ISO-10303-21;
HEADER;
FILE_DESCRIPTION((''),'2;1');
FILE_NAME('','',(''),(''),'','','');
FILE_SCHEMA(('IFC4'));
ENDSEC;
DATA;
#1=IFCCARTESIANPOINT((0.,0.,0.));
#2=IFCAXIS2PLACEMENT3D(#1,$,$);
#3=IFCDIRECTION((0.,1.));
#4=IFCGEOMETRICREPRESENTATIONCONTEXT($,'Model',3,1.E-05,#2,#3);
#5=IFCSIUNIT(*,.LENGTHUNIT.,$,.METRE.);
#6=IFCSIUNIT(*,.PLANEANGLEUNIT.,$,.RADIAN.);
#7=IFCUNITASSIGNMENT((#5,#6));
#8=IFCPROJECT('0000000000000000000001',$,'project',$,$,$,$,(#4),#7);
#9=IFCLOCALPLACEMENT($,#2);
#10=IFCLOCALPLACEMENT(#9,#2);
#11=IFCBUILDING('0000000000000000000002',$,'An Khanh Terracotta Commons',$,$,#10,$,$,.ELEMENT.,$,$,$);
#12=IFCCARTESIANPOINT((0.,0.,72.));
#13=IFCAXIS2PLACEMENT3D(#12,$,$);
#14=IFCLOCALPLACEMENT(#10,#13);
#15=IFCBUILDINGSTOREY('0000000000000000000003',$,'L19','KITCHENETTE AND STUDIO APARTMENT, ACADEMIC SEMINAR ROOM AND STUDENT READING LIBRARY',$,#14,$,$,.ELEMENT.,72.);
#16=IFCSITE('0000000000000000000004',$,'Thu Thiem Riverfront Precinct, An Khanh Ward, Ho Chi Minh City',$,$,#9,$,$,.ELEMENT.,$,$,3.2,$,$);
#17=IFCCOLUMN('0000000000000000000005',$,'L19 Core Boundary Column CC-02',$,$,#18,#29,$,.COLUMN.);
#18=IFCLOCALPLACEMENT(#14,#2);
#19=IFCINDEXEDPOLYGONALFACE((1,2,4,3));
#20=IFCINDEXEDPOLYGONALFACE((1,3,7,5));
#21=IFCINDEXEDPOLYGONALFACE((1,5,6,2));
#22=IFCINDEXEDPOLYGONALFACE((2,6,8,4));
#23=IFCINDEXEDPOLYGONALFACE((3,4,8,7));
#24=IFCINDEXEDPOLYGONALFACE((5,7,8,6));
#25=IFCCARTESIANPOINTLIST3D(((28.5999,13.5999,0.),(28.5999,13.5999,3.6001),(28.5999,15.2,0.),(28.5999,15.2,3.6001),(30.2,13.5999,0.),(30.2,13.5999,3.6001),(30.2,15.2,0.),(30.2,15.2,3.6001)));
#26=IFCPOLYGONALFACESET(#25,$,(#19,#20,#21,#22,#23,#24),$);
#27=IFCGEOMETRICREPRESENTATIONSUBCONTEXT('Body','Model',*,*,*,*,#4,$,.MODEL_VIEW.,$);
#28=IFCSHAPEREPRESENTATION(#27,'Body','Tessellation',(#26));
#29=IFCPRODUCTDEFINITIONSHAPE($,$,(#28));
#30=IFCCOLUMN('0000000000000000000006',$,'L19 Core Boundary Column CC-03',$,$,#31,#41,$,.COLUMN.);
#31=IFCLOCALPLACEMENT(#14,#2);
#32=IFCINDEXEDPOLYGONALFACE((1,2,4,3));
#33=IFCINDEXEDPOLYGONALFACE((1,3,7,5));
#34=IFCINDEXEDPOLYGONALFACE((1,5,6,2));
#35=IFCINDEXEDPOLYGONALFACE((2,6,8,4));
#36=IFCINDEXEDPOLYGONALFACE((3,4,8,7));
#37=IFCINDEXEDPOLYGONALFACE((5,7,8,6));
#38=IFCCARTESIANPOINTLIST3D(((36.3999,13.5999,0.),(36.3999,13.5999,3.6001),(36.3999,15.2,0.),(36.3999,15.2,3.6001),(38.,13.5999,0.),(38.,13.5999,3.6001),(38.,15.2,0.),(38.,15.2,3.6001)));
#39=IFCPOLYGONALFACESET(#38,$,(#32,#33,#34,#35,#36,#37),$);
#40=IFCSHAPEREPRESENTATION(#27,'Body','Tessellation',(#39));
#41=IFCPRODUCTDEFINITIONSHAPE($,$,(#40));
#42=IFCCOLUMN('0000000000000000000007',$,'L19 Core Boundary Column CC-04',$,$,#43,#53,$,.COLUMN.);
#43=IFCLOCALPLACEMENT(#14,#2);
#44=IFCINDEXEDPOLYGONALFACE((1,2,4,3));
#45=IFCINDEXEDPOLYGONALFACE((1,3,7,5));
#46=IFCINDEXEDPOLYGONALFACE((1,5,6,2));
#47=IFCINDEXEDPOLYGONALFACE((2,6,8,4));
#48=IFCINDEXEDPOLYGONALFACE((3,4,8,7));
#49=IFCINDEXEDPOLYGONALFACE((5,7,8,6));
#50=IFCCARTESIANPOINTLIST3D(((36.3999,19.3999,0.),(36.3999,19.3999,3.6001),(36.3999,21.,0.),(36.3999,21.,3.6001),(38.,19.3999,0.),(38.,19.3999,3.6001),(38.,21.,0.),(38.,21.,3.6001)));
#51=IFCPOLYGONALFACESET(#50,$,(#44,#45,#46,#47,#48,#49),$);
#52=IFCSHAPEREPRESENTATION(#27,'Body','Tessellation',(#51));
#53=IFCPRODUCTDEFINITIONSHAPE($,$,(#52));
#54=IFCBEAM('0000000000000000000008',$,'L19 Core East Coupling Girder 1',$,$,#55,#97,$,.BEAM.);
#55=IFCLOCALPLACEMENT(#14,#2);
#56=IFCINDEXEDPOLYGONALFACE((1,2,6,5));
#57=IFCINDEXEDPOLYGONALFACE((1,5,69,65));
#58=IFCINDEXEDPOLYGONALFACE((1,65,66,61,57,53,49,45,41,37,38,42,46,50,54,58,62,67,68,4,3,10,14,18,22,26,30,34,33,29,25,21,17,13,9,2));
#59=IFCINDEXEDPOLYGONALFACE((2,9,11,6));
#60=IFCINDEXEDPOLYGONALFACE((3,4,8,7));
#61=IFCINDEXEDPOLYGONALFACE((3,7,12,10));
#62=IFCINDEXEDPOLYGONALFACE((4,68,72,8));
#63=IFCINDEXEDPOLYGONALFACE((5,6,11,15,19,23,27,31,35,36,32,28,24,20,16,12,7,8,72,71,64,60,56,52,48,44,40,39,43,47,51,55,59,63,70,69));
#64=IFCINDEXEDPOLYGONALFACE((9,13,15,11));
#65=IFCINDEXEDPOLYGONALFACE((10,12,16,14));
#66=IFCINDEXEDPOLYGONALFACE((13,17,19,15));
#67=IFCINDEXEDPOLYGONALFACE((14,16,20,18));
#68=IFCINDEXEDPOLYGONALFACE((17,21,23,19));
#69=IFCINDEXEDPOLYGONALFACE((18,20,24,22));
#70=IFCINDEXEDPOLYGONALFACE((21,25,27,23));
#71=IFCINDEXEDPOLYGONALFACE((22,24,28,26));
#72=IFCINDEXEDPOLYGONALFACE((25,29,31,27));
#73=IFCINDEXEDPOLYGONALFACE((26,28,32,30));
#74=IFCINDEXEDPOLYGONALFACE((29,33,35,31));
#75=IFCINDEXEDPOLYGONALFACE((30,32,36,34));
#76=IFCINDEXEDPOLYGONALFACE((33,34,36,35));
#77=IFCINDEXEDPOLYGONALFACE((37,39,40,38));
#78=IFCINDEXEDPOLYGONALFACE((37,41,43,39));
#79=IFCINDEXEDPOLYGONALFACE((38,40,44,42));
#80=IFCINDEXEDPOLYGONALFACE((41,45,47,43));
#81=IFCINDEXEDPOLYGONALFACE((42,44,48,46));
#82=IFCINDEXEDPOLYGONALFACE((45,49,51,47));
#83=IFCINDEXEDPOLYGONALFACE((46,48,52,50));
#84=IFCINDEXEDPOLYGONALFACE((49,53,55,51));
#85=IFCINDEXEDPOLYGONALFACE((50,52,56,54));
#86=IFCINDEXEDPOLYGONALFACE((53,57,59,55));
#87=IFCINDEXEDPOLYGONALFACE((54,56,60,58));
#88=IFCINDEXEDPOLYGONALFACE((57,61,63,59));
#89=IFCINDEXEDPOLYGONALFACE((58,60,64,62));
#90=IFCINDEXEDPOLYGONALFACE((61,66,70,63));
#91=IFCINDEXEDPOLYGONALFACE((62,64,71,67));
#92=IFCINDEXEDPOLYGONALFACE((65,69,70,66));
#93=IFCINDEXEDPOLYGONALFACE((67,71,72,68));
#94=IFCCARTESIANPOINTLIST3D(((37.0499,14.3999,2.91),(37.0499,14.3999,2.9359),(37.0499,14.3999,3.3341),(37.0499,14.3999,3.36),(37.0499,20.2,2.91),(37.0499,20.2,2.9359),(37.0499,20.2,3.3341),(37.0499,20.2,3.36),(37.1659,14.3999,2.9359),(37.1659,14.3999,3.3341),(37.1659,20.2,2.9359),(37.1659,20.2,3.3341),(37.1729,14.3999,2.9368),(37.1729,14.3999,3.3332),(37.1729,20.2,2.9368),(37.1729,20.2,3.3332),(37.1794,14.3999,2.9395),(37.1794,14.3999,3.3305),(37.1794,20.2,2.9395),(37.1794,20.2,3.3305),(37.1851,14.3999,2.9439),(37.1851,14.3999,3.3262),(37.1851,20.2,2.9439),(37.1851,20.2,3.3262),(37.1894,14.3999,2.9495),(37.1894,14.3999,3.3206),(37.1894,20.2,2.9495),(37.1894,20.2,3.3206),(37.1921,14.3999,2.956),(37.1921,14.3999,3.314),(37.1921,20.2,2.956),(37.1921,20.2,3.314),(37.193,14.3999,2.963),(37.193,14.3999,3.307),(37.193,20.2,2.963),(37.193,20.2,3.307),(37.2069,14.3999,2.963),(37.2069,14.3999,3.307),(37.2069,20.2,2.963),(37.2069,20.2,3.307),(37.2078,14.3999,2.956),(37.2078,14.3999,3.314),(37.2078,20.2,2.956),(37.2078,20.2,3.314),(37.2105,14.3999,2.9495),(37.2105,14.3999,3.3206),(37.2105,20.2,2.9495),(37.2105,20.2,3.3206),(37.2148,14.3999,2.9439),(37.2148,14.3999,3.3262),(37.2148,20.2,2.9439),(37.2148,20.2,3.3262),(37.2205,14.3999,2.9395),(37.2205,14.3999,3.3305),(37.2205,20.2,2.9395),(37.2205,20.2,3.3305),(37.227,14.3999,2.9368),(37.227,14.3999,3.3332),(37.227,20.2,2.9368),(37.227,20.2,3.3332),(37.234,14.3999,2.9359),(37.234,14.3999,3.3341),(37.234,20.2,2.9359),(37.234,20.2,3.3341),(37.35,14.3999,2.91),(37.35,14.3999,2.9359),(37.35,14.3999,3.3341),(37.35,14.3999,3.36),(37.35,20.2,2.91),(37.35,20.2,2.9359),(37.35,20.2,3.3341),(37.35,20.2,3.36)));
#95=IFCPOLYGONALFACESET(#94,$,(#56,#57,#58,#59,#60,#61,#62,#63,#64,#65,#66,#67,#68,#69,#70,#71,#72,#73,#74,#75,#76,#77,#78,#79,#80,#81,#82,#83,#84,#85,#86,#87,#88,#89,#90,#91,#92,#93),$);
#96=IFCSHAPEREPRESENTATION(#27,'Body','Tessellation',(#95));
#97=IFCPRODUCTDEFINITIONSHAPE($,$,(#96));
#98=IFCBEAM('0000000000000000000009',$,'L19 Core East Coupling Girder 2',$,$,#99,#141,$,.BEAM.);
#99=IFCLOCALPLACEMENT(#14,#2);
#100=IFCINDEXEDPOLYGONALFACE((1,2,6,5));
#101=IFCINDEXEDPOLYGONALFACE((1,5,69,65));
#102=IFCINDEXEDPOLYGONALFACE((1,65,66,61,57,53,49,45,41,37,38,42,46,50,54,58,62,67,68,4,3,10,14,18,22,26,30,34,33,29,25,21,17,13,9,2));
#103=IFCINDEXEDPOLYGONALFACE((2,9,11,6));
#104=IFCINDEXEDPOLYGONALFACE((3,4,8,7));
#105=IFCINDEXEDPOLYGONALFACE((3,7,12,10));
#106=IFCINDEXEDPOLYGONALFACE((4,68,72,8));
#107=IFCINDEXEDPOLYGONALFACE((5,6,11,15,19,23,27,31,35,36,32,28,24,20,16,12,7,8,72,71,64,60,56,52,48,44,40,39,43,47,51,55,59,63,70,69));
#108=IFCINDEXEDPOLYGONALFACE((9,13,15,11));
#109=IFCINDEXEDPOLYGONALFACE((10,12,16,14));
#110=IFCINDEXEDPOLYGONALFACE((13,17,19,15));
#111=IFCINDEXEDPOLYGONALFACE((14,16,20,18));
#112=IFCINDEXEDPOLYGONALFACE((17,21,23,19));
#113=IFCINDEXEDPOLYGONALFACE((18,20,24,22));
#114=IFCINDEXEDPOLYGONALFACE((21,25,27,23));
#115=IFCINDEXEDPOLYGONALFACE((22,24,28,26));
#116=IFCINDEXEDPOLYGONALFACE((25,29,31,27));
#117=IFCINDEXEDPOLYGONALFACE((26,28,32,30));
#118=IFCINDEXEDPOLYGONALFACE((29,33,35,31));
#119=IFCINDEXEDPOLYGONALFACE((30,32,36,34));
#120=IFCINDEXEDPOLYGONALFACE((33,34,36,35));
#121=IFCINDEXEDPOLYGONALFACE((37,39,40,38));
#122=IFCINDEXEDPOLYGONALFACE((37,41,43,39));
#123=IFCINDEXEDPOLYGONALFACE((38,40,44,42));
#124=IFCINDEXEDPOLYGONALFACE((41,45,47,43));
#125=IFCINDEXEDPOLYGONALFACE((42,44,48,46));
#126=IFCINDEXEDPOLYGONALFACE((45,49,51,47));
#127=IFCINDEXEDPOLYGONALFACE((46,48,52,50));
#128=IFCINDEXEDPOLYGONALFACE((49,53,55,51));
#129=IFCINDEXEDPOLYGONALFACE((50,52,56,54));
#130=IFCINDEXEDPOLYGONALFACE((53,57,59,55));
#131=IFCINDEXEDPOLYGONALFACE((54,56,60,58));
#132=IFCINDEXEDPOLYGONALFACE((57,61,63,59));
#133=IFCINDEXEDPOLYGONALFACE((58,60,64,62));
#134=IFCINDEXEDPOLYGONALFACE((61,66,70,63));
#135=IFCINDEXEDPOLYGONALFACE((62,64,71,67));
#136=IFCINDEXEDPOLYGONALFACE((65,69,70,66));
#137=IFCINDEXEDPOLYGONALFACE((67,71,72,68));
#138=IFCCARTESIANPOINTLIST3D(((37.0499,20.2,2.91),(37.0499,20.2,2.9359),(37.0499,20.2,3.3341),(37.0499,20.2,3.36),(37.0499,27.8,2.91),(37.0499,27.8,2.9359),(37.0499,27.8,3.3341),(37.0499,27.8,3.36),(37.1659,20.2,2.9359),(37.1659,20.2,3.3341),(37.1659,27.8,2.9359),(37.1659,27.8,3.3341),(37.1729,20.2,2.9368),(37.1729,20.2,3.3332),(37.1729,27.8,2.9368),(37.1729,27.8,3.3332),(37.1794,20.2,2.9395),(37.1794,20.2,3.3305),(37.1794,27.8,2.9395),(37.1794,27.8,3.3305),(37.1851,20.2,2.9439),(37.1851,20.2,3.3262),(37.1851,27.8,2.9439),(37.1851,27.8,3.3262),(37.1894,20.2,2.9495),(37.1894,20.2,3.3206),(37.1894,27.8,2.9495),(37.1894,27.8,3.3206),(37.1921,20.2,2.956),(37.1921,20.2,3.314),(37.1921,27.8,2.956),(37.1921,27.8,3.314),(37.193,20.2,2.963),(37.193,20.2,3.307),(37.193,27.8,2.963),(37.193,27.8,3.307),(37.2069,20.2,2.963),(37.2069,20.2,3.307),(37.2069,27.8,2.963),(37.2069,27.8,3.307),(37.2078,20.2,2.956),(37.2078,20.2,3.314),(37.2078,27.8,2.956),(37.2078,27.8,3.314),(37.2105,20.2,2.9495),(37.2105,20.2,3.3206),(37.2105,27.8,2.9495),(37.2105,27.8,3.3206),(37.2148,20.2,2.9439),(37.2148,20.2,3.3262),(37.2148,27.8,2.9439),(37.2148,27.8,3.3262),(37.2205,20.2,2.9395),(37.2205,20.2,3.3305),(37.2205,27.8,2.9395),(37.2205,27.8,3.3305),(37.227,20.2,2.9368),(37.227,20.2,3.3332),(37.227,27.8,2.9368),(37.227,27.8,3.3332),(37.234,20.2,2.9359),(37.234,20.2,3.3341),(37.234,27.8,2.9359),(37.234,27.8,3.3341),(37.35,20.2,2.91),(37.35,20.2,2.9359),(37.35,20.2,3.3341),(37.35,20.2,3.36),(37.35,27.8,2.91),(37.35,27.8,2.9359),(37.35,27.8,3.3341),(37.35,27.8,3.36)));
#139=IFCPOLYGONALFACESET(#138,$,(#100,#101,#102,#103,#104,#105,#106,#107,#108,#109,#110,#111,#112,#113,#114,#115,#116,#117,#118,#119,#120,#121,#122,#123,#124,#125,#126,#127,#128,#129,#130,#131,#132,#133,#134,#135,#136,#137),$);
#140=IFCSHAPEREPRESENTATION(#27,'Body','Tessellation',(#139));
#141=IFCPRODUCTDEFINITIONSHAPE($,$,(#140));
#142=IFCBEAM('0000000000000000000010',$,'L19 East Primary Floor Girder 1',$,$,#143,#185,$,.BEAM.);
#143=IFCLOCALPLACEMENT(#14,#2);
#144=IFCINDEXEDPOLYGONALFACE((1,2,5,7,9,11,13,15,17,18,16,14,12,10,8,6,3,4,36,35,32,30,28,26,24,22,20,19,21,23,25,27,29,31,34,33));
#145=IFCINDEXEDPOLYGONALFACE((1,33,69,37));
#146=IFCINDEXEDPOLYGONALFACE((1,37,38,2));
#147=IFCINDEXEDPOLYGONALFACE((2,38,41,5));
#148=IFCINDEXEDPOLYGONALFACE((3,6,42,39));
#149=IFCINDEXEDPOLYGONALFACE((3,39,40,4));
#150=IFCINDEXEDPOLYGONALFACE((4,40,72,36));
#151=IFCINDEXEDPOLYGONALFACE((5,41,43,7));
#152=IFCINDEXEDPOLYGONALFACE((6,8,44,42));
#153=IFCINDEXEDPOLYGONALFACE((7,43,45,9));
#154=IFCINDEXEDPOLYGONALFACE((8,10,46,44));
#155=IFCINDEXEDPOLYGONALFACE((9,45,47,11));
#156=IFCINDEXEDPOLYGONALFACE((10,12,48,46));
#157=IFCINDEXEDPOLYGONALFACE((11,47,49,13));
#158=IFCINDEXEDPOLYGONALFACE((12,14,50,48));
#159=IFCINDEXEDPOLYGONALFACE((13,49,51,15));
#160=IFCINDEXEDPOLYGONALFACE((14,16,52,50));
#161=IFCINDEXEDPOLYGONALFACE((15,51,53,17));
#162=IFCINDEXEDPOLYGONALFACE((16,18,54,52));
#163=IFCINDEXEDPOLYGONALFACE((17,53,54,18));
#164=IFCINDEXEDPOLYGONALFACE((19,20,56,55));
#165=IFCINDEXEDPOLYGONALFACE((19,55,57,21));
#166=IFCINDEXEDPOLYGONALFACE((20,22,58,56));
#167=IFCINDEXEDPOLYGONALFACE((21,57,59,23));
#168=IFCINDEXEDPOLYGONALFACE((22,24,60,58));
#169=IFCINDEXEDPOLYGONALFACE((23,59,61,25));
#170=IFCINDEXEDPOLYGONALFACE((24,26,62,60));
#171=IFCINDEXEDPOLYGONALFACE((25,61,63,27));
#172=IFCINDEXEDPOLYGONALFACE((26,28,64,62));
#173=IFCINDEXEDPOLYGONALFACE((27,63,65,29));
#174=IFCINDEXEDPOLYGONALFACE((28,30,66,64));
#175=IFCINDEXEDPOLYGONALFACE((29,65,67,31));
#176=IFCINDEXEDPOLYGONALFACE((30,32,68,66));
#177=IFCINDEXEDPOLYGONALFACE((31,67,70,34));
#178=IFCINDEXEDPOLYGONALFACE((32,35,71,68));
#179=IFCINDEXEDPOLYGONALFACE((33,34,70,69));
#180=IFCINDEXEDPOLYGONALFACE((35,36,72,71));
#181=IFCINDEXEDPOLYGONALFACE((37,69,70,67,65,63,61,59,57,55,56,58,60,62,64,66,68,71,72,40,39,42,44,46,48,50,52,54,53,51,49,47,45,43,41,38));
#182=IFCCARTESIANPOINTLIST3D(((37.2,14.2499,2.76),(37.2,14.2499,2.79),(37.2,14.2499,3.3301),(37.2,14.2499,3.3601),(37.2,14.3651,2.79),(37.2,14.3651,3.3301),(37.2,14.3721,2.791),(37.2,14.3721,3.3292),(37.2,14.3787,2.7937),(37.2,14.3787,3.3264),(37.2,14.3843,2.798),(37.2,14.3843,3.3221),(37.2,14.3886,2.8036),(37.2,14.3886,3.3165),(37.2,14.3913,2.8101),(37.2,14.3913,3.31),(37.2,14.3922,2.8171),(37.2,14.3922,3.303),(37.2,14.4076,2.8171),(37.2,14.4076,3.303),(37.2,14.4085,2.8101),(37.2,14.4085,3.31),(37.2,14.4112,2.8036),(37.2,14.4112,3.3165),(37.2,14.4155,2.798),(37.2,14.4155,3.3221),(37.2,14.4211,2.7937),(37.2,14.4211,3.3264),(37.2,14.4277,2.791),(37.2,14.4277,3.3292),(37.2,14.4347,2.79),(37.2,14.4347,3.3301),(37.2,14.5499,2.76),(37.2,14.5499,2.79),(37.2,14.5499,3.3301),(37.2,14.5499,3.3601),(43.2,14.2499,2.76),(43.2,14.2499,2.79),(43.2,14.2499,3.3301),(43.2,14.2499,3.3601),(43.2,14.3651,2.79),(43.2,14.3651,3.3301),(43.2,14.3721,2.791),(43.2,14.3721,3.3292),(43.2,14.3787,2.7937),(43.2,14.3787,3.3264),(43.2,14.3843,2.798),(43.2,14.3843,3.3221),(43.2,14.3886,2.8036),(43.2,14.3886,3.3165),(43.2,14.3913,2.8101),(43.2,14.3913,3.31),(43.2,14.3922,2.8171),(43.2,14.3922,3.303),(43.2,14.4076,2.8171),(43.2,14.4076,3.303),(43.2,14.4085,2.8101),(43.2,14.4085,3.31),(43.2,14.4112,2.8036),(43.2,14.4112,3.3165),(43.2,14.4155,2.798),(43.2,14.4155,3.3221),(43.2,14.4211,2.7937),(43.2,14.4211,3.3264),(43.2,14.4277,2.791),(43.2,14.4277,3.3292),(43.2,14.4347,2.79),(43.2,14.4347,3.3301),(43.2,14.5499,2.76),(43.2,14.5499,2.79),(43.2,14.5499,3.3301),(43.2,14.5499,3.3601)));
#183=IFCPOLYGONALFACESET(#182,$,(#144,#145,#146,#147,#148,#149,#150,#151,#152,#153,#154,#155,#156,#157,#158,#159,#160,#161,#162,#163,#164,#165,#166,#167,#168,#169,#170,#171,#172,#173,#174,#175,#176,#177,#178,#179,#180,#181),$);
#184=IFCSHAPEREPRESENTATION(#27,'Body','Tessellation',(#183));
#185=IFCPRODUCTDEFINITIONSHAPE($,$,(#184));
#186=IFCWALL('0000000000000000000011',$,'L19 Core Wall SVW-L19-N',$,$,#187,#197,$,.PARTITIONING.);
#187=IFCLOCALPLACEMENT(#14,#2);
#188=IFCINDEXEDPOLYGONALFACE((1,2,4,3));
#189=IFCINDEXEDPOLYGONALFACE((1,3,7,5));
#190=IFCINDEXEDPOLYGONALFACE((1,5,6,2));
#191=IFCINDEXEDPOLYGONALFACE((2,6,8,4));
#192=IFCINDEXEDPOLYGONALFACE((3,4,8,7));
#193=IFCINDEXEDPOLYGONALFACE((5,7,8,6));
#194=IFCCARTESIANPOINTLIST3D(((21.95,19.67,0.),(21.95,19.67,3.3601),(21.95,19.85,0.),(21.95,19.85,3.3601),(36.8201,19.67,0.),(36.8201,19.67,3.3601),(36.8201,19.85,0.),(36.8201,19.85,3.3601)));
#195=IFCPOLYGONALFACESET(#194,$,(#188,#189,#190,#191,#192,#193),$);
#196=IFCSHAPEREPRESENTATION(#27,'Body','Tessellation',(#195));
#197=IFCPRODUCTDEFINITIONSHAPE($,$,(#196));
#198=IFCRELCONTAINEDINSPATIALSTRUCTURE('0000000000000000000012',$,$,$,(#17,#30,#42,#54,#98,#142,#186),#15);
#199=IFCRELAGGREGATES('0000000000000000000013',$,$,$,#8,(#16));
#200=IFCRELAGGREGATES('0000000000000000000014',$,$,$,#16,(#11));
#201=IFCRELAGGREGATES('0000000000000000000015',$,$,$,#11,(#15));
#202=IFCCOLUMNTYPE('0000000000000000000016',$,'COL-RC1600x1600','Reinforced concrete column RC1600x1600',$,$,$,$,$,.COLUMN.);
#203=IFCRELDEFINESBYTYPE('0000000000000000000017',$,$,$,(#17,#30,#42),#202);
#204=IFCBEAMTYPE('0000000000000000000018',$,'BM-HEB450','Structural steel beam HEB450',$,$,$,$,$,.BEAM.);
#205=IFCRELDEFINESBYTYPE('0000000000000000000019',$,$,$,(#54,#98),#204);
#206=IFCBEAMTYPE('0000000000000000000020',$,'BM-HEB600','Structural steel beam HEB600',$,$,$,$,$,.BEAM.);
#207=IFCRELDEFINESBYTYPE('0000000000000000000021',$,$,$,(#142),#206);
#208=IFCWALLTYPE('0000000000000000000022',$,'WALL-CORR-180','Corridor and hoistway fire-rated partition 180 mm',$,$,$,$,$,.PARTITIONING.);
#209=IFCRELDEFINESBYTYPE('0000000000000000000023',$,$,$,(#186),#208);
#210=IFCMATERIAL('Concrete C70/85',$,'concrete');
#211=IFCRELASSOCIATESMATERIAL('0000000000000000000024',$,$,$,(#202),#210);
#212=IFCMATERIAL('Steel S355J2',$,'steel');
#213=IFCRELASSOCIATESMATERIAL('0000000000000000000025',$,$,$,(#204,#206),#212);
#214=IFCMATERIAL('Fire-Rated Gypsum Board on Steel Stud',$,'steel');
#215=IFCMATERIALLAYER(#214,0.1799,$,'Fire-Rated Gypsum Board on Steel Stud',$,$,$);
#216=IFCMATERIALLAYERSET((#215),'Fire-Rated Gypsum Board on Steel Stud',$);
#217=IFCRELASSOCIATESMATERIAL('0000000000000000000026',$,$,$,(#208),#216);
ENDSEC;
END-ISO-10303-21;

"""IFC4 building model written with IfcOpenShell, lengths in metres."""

from ifc_helpers import new_model, si_unit, direction, frame, frame_2d, origin, origin_2d, place, context, subcontext, project, spatial, rectangle, i_section, extrude, material, layer, layer_set, material_profile, profile_set, type_object, element, save


model = new_model("IFC4")

# Units and contexts
model_context = context("Model", 3, precision=1e-05, world=origin(), true_north=direction((0.0, 1.0)))
body_context = subcontext(model_context, "Body", "Model", "MODEL_VIEW")
ifc_project = project(units=[si_unit("LENGTHUNIT", "METRE"), si_unit("PLANEANGLEUNIT", "RADIAN")], contexts=[model_context])

# Site, building, storey
site_placement = place(None, origin())
site = spatial("IfcSite", under=ifc_project, at=site_placement, Name="Thu Thiem Riverfront Precinct, An Khanh Ward, Ho Chi Minh City", CompositionType="ELEMENT", RefElevation=3.2)
building_placement = place(site_placement, origin())
building = spatial("IfcBuilding", under=site, at=building_placement, Name="An Khanh Terracotta Commons", CompositionType="ELEMENT")
storey_placement = place(building_placement, frame((0.0, 0.0, 72.0)))
storey = spatial("IfcBuildingStorey", under=building, at=storey_placement, Name="L19", Description="KITCHENETTE AND STUDIO APARTMENT, ACADEMIC SEMINAR ROOM AND STUDENT READING LIBRARY", CompositionType="ELEMENT", Elevation=72.0)

# Columns
ifc_material_1 = material(Name="Concrete C70/85", Category="concrete")
ifc_material_profile_1 = material_profile(ifc_material_1, rectangle(XDim=1.6001, YDim=1.6001, at=origin_2d()), Name="RC1600x1600")
ifc_profile_set_1 = profile_set([ifc_material_profile_1], Name="Concrete C70/85")
column_type = type_object("IfcColumnType", Name="COL-RC1600x1600", Description="Reinforced concrete column RC1600x1600", PredefinedType="COLUMN", material=ifc_profile_set_1)
for number, where, z_axis, x_axis, name in (
    (1, (29.3999, 14.3999, 0.0), (0.0, 0.0, 1.0), (1.0, 0.0, 0.0), "L19 Core Boundary Column CC-02"),
    (2, (37.2, 14.3999, 0.0), (0.0, 0.0, 1.0), (1.0, 0.0, 0.0), "L19 Core Boundary Column CC-03"),
    (3, (37.2, 20.2, 0.0), (0.0, 0.0, 1.0), (1.0, 0.0, 0.0), "L19 Core Boundary Column CC-04"),
):
    element("IfcColumn", number, at=place(storey_placement, frame(where, z_axis=z_axis, x_axis=x_axis)), inside=storey, type_object=column_type, Name=name, PredefinedType="COLUMN", context=body_context, shape_type="SweptSolid", body=[
        extrude(rectangle(XDim=1.6001, YDim=1.6001, at=origin_2d()), origin(), (0.0, 0.0, 1.0), 3.6001),
    ])

# Beams
ifc_material_2 = material(Name="Steel S355J2", Category="steel")
ifc_material_profile_2 = material_profile(ifc_material_2, i_section(OverallWidth=0.3, OverallDepth=0.45, WebThickness=0.0139, FlangeThickness=0.0259, FilletRadius=0.0271, at=origin_2d()), Name="HEB450")
ifc_profile_set_2 = profile_set([ifc_material_profile_2], Name="Steel S355J2")
beam_type_1 = type_object("IfcBeamType", Name="BM-HEB450", Description="Structural steel beam HEB450", PredefinedType="BEAM", material=ifc_profile_set_2)
beam_1_placement = place(storey_placement, frame((37.2, 14.3999, 3.135), z_axis=(0.0, 1.0, 0.0), x_axis=(-1.0, 0.0, 0.0)))
element("IfcBeam", 4, at=beam_1_placement, inside=storey, type_object=beam_type_1, Name="L19 Core East Coupling Girder 1", PredefinedType="BEAM", context=body_context, shape_type="SweptSolid", body=[
    extrude(i_section(OverallWidth=0.3, OverallDepth=0.45, WebThickness=0.0139, FlangeThickness=0.0259, FilletRadius=0.0271, at=origin_2d()), origin(), (0.0, 0.0, 1.0), 5.8),
])
beam_2_placement = place(storey_placement, frame((37.2, 20.2, 3.135), z_axis=(0.0, 1.0, 0.0), x_axis=(-1.0, 0.0, 0.0)))
element("IfcBeam", 5, at=beam_2_placement, inside=storey, type_object=beam_type_1, Name="L19 Core East Coupling Girder 2", PredefinedType="BEAM", context=body_context, shape_type="SweptSolid", body=[
    extrude(i_section(OverallWidth=0.3, OverallDepth=0.45, WebThickness=0.0139, FlangeThickness=0.0259, FilletRadius=0.0271, at=origin_2d()), origin(), (0.0, 0.0, 1.0), 7.6001),
])
ifc_material_profile_3 = material_profile(ifc_material_2, i_section(OverallWidth=0.3, OverallDepth=0.6001, WebThickness=0.0154, FlangeThickness=0.03, FilletRadius=0.0271, at=origin_2d()), Name="HEB600")
ifc_profile_set_3 = profile_set([ifc_material_profile_3], Name="Steel S355J2")
beam_type_2 = type_object("IfcBeamType", Name="BM-HEB600", Description="Structural steel beam HEB600", PredefinedType="BEAM", material=ifc_profile_set_3)
beam_3_placement = place(storey_placement, frame((37.2, 14.3999, 3.0601), z_axis=(1.0, 0.0, 0.0), x_axis=(0.0, 1.0, 0.0)))
element("IfcBeam", 6, at=beam_3_placement, inside=storey, type_object=beam_type_2, Name="L19 East Primary Floor Girder 1", PredefinedType="BEAM", context=body_context, shape_type="SweptSolid", body=[
    extrude(i_section(OverallWidth=0.3, OverallDepth=0.6001, WebThickness=0.0154, FlangeThickness=0.03, FilletRadius=0.0271, at=origin_2d()), origin(), (0.0, 0.0, 1.0), 6.0),
])

# Wall
ifc_material_3 = material(Name="Fire-Rated Gypsum Board on Steel Stud", Category="steel")
ifc_layer_1 = layer(ifc_material_3, 0.1799, Name="Fire-Rated Gypsum Board on Steel Stud")
ifc_layer_set_1 = layer_set([ifc_layer_1], Name="Fire-Rated Gypsum Board on Steel Stud")
wall_type_1 = type_object("IfcWallType", Name="WALL-CORR-180", Description="Corridor and hoistway fire-rated partition 180 mm", PredefinedType="PARTITIONING", material=ifc_layer_set_1)
wall_1_placement = place(storey_placement, frame((21.95, 19.76, 0.0), z_axis=(0.0, 0.0, 1.0), x_axis=(1.0, 0.0, 0.0)))
element("IfcWall", 7, at=wall_1_placement, inside=storey, type_object=wall_type_1, Name="L19 Core Wall SVW-L19-N", PredefinedType="PARTITIONING", context=body_context, shape_type="SweptSolid", body=[
    extrude(rectangle(XDim=14.8701, YDim=0.1799, at=frame_2d((7.4351, 0.0))), origin(), (0.0, 0.0, 1.0), 3.3601),
])

save(model, "model.ifc")
